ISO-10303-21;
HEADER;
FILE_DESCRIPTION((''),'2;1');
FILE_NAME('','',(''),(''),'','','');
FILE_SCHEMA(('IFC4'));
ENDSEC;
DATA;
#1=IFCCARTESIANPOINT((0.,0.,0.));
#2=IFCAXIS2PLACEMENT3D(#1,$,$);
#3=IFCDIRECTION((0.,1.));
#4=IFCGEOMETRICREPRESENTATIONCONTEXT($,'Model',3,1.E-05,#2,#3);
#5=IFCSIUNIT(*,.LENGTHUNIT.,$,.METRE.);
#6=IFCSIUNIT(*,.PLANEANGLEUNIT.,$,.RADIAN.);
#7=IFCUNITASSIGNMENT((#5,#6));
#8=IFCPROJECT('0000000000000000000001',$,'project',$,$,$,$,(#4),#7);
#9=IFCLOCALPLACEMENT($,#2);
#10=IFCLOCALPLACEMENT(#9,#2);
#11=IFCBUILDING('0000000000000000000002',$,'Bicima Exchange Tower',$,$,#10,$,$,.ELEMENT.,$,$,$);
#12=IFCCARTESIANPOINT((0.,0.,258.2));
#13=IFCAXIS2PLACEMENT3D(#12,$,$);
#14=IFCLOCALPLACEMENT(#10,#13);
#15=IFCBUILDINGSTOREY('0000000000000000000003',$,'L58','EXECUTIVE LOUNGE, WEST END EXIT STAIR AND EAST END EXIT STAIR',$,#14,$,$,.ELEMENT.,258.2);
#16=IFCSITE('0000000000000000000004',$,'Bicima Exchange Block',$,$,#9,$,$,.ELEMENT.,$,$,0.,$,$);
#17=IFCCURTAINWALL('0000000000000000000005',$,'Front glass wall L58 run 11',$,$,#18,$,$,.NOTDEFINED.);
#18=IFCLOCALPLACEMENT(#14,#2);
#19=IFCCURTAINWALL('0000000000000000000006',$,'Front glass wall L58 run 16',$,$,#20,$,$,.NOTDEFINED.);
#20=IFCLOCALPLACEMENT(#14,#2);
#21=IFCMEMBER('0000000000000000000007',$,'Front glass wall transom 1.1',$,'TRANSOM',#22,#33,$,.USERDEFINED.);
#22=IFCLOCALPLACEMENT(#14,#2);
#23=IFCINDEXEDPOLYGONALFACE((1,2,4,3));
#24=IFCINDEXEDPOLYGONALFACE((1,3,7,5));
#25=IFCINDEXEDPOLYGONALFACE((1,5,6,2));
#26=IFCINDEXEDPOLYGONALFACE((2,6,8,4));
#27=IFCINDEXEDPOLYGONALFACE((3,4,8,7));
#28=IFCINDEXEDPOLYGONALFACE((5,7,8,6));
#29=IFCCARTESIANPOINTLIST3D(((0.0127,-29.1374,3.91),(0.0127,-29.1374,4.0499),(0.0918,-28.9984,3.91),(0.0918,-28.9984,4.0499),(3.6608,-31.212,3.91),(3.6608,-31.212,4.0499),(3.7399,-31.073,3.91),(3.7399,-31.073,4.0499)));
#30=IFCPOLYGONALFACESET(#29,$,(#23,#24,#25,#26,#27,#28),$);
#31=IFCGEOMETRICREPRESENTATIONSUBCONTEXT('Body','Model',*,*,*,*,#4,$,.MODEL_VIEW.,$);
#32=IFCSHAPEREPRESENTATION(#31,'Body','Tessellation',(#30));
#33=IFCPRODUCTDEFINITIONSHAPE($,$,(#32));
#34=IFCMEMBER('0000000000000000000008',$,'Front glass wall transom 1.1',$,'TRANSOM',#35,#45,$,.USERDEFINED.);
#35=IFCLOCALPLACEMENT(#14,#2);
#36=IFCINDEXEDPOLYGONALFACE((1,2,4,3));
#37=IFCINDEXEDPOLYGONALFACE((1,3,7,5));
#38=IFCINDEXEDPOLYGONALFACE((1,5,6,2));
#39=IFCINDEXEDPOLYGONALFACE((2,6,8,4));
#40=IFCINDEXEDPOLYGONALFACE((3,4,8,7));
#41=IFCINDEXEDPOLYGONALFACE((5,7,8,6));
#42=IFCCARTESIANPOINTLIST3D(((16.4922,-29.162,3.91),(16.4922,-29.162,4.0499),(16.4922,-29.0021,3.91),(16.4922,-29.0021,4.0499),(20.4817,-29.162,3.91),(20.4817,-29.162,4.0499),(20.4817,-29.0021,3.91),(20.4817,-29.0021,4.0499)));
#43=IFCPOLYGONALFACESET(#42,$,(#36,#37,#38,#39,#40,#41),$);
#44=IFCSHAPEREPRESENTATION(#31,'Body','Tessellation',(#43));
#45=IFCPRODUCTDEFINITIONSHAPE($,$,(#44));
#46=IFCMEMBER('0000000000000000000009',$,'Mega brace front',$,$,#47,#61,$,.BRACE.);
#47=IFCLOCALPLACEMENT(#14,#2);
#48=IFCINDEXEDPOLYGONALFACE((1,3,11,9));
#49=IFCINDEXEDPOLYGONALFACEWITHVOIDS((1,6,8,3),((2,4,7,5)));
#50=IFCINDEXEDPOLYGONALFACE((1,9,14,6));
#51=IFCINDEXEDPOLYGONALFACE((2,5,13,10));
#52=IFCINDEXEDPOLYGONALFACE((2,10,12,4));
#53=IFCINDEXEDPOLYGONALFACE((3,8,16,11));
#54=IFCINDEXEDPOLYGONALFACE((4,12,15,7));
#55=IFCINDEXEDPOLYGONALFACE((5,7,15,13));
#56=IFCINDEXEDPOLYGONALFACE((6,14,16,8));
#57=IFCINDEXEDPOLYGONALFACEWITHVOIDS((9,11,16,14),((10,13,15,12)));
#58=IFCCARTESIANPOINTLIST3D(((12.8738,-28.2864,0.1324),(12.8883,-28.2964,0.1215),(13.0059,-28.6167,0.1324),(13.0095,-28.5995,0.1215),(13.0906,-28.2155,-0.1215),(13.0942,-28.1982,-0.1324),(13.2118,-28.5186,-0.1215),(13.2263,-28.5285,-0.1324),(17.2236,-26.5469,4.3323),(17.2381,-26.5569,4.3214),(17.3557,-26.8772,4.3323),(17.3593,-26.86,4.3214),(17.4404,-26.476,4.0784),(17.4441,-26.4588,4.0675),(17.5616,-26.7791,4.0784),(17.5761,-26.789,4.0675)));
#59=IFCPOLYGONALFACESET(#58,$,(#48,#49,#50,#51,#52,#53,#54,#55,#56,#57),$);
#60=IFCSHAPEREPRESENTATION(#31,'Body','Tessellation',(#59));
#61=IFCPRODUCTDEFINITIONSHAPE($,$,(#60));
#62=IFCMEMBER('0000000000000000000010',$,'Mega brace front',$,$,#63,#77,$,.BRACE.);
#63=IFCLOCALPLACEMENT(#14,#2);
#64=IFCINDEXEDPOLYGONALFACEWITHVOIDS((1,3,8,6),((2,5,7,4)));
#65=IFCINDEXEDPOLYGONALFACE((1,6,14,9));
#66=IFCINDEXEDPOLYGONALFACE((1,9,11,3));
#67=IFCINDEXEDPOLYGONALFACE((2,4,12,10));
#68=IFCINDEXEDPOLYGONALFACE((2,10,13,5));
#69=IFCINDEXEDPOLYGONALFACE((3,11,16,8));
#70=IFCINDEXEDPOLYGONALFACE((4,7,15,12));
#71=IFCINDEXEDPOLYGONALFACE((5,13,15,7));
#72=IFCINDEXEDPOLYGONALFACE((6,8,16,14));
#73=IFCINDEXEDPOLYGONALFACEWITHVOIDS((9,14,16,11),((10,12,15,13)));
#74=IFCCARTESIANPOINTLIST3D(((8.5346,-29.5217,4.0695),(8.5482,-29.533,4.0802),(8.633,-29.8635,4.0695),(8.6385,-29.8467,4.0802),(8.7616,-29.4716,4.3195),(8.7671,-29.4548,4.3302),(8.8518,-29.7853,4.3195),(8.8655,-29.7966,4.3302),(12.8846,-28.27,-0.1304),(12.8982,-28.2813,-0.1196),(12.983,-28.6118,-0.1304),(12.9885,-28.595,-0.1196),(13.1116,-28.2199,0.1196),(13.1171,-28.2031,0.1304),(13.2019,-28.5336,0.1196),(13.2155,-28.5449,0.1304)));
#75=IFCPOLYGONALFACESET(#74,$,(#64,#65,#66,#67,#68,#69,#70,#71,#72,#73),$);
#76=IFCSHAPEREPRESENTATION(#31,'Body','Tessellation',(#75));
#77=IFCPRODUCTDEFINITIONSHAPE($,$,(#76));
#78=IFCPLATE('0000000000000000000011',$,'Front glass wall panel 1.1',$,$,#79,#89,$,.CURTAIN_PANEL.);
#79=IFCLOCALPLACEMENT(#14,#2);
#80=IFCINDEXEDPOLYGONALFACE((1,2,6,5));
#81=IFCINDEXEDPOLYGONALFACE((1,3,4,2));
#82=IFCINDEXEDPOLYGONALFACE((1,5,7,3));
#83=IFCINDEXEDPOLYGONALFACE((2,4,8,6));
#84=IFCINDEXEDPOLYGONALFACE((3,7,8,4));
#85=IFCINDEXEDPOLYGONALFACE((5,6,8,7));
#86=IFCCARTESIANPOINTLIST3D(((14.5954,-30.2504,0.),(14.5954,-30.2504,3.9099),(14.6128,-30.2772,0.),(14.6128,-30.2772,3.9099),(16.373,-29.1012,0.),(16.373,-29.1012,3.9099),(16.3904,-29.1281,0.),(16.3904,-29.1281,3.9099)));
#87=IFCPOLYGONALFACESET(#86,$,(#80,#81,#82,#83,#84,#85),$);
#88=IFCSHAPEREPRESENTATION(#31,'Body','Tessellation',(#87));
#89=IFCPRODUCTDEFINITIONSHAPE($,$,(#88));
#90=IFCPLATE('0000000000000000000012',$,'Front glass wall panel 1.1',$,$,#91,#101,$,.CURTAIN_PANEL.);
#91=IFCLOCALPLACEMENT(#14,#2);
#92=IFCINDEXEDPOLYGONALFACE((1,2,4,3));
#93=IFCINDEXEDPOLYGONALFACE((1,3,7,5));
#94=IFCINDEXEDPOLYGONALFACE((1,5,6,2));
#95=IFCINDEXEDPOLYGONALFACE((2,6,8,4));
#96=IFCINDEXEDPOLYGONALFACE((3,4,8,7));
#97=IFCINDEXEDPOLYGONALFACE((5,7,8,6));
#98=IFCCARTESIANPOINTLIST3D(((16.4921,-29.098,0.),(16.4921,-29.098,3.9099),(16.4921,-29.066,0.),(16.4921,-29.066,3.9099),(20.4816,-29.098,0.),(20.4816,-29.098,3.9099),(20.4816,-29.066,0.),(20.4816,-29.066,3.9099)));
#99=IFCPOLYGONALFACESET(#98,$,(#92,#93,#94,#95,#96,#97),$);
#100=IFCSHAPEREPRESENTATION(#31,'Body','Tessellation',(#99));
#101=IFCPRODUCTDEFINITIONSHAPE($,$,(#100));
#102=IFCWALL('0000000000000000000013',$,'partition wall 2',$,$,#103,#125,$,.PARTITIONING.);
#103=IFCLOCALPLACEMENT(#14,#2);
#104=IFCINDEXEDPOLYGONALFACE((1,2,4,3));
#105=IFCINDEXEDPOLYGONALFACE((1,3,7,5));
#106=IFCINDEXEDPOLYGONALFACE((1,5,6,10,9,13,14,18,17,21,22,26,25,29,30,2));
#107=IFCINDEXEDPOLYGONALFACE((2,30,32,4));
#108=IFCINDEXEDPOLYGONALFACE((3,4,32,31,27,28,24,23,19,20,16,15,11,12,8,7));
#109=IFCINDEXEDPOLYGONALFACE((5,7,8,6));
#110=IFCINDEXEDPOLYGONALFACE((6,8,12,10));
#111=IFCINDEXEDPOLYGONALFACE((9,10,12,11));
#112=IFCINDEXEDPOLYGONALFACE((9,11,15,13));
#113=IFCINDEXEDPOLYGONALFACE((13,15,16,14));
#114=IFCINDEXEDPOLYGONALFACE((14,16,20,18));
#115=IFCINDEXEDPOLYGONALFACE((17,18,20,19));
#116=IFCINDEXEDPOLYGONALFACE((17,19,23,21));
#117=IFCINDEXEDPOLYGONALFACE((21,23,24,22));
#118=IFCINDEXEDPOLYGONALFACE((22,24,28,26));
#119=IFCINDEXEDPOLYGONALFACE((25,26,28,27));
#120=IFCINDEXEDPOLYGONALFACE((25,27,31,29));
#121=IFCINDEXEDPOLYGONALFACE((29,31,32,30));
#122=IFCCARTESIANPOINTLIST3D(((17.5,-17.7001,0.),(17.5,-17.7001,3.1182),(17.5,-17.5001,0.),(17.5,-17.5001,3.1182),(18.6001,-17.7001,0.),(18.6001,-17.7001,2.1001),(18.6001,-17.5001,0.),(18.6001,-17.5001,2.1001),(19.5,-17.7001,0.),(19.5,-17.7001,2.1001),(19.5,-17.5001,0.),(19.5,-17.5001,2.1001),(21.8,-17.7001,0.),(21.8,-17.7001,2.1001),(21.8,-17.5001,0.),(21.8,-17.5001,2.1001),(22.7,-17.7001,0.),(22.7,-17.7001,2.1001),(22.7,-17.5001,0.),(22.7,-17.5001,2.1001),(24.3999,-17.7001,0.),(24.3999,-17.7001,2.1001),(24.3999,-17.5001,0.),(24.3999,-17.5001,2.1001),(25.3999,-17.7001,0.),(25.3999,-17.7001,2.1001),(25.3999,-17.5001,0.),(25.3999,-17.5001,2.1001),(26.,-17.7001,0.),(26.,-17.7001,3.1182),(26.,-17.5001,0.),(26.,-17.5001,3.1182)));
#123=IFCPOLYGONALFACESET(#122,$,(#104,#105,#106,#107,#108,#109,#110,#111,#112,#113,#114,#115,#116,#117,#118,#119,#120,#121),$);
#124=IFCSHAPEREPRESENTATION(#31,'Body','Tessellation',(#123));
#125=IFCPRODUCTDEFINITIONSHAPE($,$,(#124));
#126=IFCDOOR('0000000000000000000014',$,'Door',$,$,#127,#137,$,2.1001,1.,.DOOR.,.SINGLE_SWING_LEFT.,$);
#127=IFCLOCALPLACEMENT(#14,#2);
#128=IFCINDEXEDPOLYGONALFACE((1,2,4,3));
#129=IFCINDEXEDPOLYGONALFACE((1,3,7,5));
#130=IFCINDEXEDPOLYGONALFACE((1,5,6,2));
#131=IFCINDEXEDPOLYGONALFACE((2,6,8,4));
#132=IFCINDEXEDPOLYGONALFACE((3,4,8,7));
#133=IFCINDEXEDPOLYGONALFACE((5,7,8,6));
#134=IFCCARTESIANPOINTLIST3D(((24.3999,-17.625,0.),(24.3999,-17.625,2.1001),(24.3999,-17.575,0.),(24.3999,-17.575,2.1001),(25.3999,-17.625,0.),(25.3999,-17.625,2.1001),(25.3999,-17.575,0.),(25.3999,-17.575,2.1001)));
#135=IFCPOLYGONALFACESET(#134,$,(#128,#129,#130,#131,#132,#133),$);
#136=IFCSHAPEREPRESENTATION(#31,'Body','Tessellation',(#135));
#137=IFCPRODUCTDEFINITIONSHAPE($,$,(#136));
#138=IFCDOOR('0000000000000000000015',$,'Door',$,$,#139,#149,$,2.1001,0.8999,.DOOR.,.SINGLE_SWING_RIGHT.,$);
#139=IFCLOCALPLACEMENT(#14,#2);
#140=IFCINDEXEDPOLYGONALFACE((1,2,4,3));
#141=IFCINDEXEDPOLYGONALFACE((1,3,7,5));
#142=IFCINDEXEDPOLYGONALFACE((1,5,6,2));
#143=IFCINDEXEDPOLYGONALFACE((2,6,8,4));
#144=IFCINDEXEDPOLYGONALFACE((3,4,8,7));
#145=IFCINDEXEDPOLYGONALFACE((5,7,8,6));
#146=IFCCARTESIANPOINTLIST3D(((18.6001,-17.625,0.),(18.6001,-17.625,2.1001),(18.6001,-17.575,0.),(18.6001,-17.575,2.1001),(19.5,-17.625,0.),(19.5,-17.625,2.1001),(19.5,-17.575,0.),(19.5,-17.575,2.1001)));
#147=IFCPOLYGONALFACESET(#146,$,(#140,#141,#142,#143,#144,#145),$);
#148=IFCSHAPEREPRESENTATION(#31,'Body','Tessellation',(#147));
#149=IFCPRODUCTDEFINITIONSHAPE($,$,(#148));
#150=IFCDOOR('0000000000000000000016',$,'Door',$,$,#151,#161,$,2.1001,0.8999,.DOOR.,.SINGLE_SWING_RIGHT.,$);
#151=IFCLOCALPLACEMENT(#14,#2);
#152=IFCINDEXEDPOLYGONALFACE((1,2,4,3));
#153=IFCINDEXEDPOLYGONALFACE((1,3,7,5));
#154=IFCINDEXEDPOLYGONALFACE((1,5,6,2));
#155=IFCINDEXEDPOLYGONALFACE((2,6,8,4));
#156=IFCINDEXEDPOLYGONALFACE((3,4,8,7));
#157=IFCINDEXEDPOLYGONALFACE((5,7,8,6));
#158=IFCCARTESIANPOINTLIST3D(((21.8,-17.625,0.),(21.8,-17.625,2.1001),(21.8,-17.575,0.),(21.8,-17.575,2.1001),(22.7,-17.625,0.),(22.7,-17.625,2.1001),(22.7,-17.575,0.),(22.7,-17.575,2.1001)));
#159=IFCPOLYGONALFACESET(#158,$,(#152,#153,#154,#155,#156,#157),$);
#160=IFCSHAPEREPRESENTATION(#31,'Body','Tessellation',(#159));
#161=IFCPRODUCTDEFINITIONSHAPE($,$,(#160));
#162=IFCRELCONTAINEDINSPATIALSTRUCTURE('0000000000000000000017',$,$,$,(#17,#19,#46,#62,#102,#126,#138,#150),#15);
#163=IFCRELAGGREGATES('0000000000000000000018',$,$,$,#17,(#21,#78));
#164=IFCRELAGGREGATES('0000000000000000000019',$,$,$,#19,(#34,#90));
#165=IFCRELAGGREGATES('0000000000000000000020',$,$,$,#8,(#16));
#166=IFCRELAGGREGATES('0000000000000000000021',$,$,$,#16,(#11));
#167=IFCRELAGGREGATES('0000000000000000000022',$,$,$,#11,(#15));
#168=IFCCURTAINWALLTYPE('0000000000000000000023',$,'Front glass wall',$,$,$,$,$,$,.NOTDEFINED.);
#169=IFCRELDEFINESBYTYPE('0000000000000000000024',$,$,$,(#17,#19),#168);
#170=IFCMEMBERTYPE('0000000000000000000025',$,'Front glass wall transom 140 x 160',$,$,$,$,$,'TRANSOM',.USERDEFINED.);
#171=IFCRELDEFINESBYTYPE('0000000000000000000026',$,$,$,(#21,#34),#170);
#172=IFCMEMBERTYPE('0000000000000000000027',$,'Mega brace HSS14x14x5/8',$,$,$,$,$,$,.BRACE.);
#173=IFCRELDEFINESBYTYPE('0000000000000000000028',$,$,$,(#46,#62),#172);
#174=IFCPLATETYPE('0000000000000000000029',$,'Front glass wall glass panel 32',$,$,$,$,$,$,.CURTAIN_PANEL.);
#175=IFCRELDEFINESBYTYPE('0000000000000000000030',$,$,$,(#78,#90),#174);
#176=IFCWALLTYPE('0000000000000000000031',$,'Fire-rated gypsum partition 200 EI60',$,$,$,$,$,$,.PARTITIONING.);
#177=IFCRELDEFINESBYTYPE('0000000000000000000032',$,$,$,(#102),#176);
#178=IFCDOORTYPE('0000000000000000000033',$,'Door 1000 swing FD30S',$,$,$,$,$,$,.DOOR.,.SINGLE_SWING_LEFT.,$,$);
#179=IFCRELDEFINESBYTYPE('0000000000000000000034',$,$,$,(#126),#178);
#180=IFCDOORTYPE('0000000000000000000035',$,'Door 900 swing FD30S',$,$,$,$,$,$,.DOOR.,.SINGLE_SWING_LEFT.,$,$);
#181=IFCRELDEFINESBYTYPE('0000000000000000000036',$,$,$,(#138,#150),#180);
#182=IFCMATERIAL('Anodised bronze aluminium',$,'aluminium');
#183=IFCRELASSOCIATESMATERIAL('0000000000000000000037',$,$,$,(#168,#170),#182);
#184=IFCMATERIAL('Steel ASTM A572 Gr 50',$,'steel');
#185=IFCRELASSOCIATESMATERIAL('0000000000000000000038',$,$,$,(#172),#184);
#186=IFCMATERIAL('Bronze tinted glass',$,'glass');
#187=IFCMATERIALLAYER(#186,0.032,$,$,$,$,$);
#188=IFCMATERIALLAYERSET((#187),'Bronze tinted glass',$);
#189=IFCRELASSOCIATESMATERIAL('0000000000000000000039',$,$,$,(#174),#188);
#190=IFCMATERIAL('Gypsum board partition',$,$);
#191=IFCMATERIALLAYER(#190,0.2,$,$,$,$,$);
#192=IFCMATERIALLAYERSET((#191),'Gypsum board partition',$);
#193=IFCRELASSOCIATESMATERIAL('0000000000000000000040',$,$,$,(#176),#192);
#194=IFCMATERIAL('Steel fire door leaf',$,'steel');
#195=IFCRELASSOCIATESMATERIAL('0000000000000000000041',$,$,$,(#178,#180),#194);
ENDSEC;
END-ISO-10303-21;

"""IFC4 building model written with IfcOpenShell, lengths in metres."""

from ifc_helpers import new_model, si_unit, direction, frame, frame_2d, origin, origin_2d, place, context, subcontext, project, spatial, rectangle, hollow_rectangle, extrude, material, layer, layer_set, material_profile, profile_set, type_object, element, fill, aggregate, save


model = new_model("IFC4")

# Units and contexts
model_context = context("Model", 3, precision=1e-05, world=origin(), true_north=direction((0.0, 1.0)))
body_context = subcontext(model_context, "Body", "Model", "MODEL_VIEW")
ifc_project = project(units=[si_unit("LENGTHUNIT", "METRE"), si_unit("PLANEANGLEUNIT", "RADIAN")], contexts=[model_context])

# Site, building, storey
site_placement = place(None, origin())
site = spatial("IfcSite", under=ifc_project, at=site_placement, Name="Bicima Exchange Block", CompositionType="ELEMENT", RefElevation=0.0)
building_placement = place(site_placement, origin())
building = spatial("IfcBuilding", under=site, at=building_placement, Name="Bicima Exchange Tower", CompositionType="ELEMENT")
storey_placement = place(building_placement, frame((0.0, 0.0, 258.2)))
storey = spatial("IfcBuildingStorey", under=building, at=storey_placement, Name="L58", Description="EXECUTIVE LOUNGE, WEST END EXIT STAIR AND EAST END EXIT STAIR", CompositionType="ELEMENT", Elevation=258.2)

# Curtain wall
ifc_material_1 = material(Name="Anodised bronze aluminium", Category="aluminium")
curtain_wall_type = type_object("IfcCurtainWallType", Name="Front glass wall", PredefinedType="NOTDEFINED", material=ifc_material_1)
curtain_wall_1_placement = place(storey_placement, origin())
curtain_wall_1 = element("IfcCurtainWall", 1, at=curtain_wall_1_placement, inside=storey, type_object=curtain_wall_type, Name="Front glass wall L58 run 11", PredefinedType="NOTDEFINED")

# Curtain wall
curtain_wall_2_placement = place(storey_placement, origin())
curtain_wall_2 = element("IfcCurtainWall", 2, at=curtain_wall_2_placement, inside=storey, type_object=curtain_wall_type, Name="Front glass wall L58 run 16", PredefinedType="NOTDEFINED")

# Members
ifc_material_profile_1 = material_profile(ifc_material_1, rectangle(XDim=0.1599, YDim=0.1399, at=origin_2d()))
ifc_profile_set_1 = profile_set([ifc_material_profile_1], Name="Anodised bronze aluminium")
member_type_1 = type_object("IfcMemberType", Name="Front glass wall transom 140 x 160", ElementType="TRANSOM", PredefinedType="USERDEFINED", material=ifc_profile_set_1)
member_1_placement = place(storey_placement, frame((0.0522, -29.0679, 3.98), z_axis=(0.869265, -0.494346, 0.0), x_axis=(0.494346, 0.869265, 0.0)))
member_1 = element("IfcMember", 3, at=member_1_placement, type_object=member_type_1, Name="Front glass wall transom 1.1", ObjectType="TRANSOM", PredefinedType="USERDEFINED", context=body_context, shape_type="SweptSolid", body=[
    extrude(rectangle(XDim=0.1599, YDim=0.1399, at=origin_2d()), origin(), (0.0, 0.0, 1.0), 4.1968),
])
member_2_placement = place(storey_placement, frame((16.4922, -29.082, 3.98), z_axis=(1.0, 0.0, 0.0), x_axis=(0.0, 1.0, 0.0)))
member_2 = element("IfcMember", 4, at=member_2_placement, type_object=member_type_1, Name="Front glass wall transom 1.1", ObjectType="TRANSOM", PredefinedType="USERDEFINED", context=body_context, shape_type="SweptSolid", body=[
    extrude(rectangle(XDim=0.1599, YDim=0.1399, at=origin_2d()), origin(), (0.0, 0.0, 1.0), 3.9895),
])

# Members
ifc_material_2 = material(Name="Steel ASTM A572 Gr 50", Category="steel")
ifc_material_profile_2 = material_profile(ifc_material_2, hollow_rectangle(XDim=0.3557, YDim=0.3557, WallThickness=0.0146, at=origin_2d()))
ifc_profile_set_2 = profile_set([ifc_material_profile_2], Name="Steel ASTM A572 Gr 50")
member_type_2 = type_object("IfcMemberType", Name="Mega brace HSS14x14x5/8", PredefinedType="BRACE", material=ifc_profile_set_2)
member_3_placement = place(storey_placement, frame((13.05, -28.4075, 0.0), z_axis=(0.691353, 0.276471, 0.667528), x_axis=(-0.37131, 0.928509, 0.0)))
element("IfcMember", 5, at=member_3_placement, inside=storey, type_object=member_type_2, Name="Mega brace front", PredefinedType="BRACE", context=body_context, shape_type="SweptSolid", body=[
    extrude(hollow_rectangle(XDim=0.3557, YDim=0.3557, WallThickness=0.0146, at=origin_2d()), origin(), (0.0, 0.0, 1.0), 6.2917),
])
member_4_placement = place(storey_placement, frame((13.05, -28.4075, 0.0), z_axis=(-0.704478, -0.202708, 0.680162), x_axis=(0.276523, -0.961007, 0.0)))
element("IfcMember", 6, at=member_4_placement, inside=storey, type_object=member_type_2, Name="Mega brace front", PredefinedType="BRACE", context=body_context, shape_type="SweptSolid", body=[
    extrude(hollow_rectangle(XDim=0.3557, YDim=0.3557, WallThickness=0.0146, at=origin_2d()), origin(), (0.0, 0.0, 1.0), 6.1748),
])

# Plates
ifc_material_3 = material(Name="Bronze tinted glass", Category="glass")
ifc_layer_1 = layer(ifc_material_3, 0.032)
ifc_layer_set_1 = layer_set([ifc_layer_1], Name="Bronze tinted glass")
plate_type = type_object("IfcPlateType", Name="Front glass wall glass panel 32", PredefinedType="CURTAIN_PANEL", material=ifc_layer_set_1)
plate_1_placement = place(storey_placement, frame((15.4929, -29.6892, 0.0), z_axis=(0.0, 0.0, 1.0), x_axis=(0.839791, 0.542909, 0.0)))
plate_1 = element("IfcPlate", 7, at=plate_1_placement, type_object=plate_type, Name="Front glass wall panel 1.1", PredefinedType="CURTAIN_PANEL", context=body_context, shape_type="SweptSolid", body=[
    extrude(rectangle(XDim=2.1167, YDim=0.032, at=origin_2d()), origin(), (0.0, 0.0, 1.0), 3.9099),
])
aggregate(curtain_wall_1, [member_1, plate_1])
plate_2_placement = place(storey_placement, frame((18.4868, -29.082, 0.0), z_axis=(0.0, 0.0, 1.0), x_axis=(1.0, 0.0, 0.0)))
plate_2 = element("IfcPlate", 8, at=plate_2_placement, type_object=plate_type, Name="Front glass wall panel 1.1", PredefinedType="CURTAIN_PANEL", context=body_context, shape_type="SweptSolid", body=[
    extrude(rectangle(XDim=3.9895, YDim=0.032, at=origin_2d()), origin(), (0.0, 0.0, 1.0), 3.9099),
])
aggregate(curtain_wall_2, [member_2, plate_2])

# Wall, openings, doors
ifc_material_4 = material(Name="Gypsum board partition")
ifc_layer_2 = layer(ifc_material_4, 0.2)
ifc_layer_set_2 = layer_set([ifc_layer_2], Name="Gypsum board partition")
wall_type_1 = type_object("IfcWallType", Name="Fire-rated gypsum partition 200 EI60", PredefinedType="PARTITIONING", material=ifc_layer_set_2)
wall_1_placement = place(storey_placement, frame((17.5, -17.6001, 0.0), z_axis=(0.0, 0.0, 1.0), x_axis=(1.0, 0.0, 0.0)))
wall_1 = element("IfcWall", 9, at=wall_1_placement, inside=storey, type_object=wall_type_1, Name="partition wall 2", PredefinedType="PARTITIONING", context=body_context, shape_type="SweptSolid", body=[
    extrude(rectangle(XDim=8.5, YDim=0.2, at=frame_2d((4.25, 0.0))), origin(), (0.0, 0.0, 1.0), 3.1182),
])
opening_1_placement = place(wall_1_placement, frame((1.1001, 0.0, 0.0)))
opening_1 = element("IfcOpeningElement", 10, at=opening_1_placement, cuts=wall_1, PredefinedType="OPENING", context=body_context, shape_type="SweptSolid", body=[
    extrude(rectangle(XDim=0.8999, YDim=2.1001, at=frame_2d((0.45, 1.05))), frame((0.0, 0.1118, 0.0), z_axis=(0.0, -1.0, 0.0), x_axis=(1.0, 0.0, 0.0)), (0.0, 0.0, 1.0), 0.2239),
])
opening_2_placement = place(wall_1_placement, frame((4.3, 0.0, 0.0)))
opening_2 = element("IfcOpeningElement", 11, at=opening_2_placement, cuts=wall_1, PredefinedType="OPENING", context=body_context, shape_type="SweptSolid", body=[
    extrude(rectangle(XDim=0.8999, YDim=2.1001, at=frame_2d((0.45, 1.05))), frame((0.0, 0.1118, 0.0), z_axis=(0.0, -1.0, 0.0), x_axis=(1.0, 0.0, 0.0)), (0.0, 0.0, 1.0), 0.2239),
])
opening_3_placement = place(wall_1_placement, frame((6.8999, 0.0, 0.0)))
opening_3 = element("IfcOpeningElement", 12, at=opening_3_placement, cuts=wall_1, PredefinedType="OPENING", context=body_context, shape_type="SweptSolid", body=[
    extrude(rectangle(XDim=1.0, YDim=2.1001, at=frame_2d((0.5, 1.05))), frame((0.0, 0.1118, 0.0), z_axis=(0.0, -1.0, 0.0), x_axis=(1.0, 0.0, 0.0)), (0.0, 0.0, 1.0), 0.2239),
])
ifc_material_5 = material(Name="Steel fire door leaf", Category="steel")
door_type_1 = type_object("IfcDoorType", Name="Door 1000 swing FD30S", OperationType="SINGLE_SWING_LEFT", PredefinedType="DOOR", material=ifc_material_5)
door_1_placement = place(opening_3_placement, frame((1.0, 0.0, 0.0), z_axis=(0.0, 0.0, 1.0), x_axis=(-1.0, 0.0, 0.0)))
door_1 = element("IfcDoor", 13, at=door_1_placement, inside=storey, type_object=door_type_1, Name="Door", OperationType="SINGLE_SWING_LEFT", OverallHeight=2.1001, OverallWidth=1.0, PredefinedType="DOOR", context=body_context, shape_type="SweptSolid", body=[
    extrude(rectangle(XDim=1.0, YDim=2.1001, at=frame_2d((0.5, 1.05))), frame((0.0, 0.0249, 0.0), z_axis=(0.0, -1.0, 0.0), x_axis=(1.0, 0.0, 0.0)), (0.0, 0.0, 1.0), 0.05),
])
fill(opening_3, door_1)
door_type_2 = type_object("IfcDoorType", Name="Door 900 swing FD30S", OperationType="SINGLE_SWING_LEFT", PredefinedType="DOOR", material=ifc_material_5)
door_2_placement = place(opening_1_placement, frame((0.8999, 0.0, 0.0), z_axis=(0.0, 0.0, 1.0), x_axis=(-1.0, 0.0, 0.0)))
door_2 = element("IfcDoor", 14, at=door_2_placement, inside=storey, type_object=door_type_2, Name="Door", OperationType="SINGLE_SWING_RIGHT", OverallHeight=2.1001, OverallWidth=0.8999, PredefinedType="DOOR", context=body_context, shape_type="SweptSolid", body=[
    extrude(rectangle(XDim=0.8999, YDim=2.1001, at=frame_2d((0.45, 1.05))), frame((0.0, 0.0249, 0.0), z_axis=(0.0, -1.0, 0.0), x_axis=(1.0, 0.0, 0.0)), (0.0, 0.0, 1.0), 0.05),
])
fill(opening_1, door_2)
door_3_placement = place(opening_2_placement, frame((0.8999, 0.0, 0.0), z_axis=(0.0, 0.0, 1.0), x_axis=(-1.0, 0.0, 0.0)))
door_3 = element("IfcDoor", 15, at=door_3_placement, inside=storey, type_object=door_type_2, Name="Door", OperationType="SINGLE_SWING_RIGHT", OverallHeight=2.1001, OverallWidth=0.8999, PredefinedType="DOOR", context=body_context, shape_type="SweptSolid", body=[
    extrude(rectangle(XDim=0.8999, YDim=2.1001, at=frame_2d((0.45, 1.05))), frame((0.0, 0.0249, 0.0), z_axis=(0.0, -1.0, 0.0), x_axis=(1.0, 0.0, 0.0)), (0.0, 0.0, 1.0), 0.05),
])
fill(opening_2, door_3)

save(model, "model.ifc")
